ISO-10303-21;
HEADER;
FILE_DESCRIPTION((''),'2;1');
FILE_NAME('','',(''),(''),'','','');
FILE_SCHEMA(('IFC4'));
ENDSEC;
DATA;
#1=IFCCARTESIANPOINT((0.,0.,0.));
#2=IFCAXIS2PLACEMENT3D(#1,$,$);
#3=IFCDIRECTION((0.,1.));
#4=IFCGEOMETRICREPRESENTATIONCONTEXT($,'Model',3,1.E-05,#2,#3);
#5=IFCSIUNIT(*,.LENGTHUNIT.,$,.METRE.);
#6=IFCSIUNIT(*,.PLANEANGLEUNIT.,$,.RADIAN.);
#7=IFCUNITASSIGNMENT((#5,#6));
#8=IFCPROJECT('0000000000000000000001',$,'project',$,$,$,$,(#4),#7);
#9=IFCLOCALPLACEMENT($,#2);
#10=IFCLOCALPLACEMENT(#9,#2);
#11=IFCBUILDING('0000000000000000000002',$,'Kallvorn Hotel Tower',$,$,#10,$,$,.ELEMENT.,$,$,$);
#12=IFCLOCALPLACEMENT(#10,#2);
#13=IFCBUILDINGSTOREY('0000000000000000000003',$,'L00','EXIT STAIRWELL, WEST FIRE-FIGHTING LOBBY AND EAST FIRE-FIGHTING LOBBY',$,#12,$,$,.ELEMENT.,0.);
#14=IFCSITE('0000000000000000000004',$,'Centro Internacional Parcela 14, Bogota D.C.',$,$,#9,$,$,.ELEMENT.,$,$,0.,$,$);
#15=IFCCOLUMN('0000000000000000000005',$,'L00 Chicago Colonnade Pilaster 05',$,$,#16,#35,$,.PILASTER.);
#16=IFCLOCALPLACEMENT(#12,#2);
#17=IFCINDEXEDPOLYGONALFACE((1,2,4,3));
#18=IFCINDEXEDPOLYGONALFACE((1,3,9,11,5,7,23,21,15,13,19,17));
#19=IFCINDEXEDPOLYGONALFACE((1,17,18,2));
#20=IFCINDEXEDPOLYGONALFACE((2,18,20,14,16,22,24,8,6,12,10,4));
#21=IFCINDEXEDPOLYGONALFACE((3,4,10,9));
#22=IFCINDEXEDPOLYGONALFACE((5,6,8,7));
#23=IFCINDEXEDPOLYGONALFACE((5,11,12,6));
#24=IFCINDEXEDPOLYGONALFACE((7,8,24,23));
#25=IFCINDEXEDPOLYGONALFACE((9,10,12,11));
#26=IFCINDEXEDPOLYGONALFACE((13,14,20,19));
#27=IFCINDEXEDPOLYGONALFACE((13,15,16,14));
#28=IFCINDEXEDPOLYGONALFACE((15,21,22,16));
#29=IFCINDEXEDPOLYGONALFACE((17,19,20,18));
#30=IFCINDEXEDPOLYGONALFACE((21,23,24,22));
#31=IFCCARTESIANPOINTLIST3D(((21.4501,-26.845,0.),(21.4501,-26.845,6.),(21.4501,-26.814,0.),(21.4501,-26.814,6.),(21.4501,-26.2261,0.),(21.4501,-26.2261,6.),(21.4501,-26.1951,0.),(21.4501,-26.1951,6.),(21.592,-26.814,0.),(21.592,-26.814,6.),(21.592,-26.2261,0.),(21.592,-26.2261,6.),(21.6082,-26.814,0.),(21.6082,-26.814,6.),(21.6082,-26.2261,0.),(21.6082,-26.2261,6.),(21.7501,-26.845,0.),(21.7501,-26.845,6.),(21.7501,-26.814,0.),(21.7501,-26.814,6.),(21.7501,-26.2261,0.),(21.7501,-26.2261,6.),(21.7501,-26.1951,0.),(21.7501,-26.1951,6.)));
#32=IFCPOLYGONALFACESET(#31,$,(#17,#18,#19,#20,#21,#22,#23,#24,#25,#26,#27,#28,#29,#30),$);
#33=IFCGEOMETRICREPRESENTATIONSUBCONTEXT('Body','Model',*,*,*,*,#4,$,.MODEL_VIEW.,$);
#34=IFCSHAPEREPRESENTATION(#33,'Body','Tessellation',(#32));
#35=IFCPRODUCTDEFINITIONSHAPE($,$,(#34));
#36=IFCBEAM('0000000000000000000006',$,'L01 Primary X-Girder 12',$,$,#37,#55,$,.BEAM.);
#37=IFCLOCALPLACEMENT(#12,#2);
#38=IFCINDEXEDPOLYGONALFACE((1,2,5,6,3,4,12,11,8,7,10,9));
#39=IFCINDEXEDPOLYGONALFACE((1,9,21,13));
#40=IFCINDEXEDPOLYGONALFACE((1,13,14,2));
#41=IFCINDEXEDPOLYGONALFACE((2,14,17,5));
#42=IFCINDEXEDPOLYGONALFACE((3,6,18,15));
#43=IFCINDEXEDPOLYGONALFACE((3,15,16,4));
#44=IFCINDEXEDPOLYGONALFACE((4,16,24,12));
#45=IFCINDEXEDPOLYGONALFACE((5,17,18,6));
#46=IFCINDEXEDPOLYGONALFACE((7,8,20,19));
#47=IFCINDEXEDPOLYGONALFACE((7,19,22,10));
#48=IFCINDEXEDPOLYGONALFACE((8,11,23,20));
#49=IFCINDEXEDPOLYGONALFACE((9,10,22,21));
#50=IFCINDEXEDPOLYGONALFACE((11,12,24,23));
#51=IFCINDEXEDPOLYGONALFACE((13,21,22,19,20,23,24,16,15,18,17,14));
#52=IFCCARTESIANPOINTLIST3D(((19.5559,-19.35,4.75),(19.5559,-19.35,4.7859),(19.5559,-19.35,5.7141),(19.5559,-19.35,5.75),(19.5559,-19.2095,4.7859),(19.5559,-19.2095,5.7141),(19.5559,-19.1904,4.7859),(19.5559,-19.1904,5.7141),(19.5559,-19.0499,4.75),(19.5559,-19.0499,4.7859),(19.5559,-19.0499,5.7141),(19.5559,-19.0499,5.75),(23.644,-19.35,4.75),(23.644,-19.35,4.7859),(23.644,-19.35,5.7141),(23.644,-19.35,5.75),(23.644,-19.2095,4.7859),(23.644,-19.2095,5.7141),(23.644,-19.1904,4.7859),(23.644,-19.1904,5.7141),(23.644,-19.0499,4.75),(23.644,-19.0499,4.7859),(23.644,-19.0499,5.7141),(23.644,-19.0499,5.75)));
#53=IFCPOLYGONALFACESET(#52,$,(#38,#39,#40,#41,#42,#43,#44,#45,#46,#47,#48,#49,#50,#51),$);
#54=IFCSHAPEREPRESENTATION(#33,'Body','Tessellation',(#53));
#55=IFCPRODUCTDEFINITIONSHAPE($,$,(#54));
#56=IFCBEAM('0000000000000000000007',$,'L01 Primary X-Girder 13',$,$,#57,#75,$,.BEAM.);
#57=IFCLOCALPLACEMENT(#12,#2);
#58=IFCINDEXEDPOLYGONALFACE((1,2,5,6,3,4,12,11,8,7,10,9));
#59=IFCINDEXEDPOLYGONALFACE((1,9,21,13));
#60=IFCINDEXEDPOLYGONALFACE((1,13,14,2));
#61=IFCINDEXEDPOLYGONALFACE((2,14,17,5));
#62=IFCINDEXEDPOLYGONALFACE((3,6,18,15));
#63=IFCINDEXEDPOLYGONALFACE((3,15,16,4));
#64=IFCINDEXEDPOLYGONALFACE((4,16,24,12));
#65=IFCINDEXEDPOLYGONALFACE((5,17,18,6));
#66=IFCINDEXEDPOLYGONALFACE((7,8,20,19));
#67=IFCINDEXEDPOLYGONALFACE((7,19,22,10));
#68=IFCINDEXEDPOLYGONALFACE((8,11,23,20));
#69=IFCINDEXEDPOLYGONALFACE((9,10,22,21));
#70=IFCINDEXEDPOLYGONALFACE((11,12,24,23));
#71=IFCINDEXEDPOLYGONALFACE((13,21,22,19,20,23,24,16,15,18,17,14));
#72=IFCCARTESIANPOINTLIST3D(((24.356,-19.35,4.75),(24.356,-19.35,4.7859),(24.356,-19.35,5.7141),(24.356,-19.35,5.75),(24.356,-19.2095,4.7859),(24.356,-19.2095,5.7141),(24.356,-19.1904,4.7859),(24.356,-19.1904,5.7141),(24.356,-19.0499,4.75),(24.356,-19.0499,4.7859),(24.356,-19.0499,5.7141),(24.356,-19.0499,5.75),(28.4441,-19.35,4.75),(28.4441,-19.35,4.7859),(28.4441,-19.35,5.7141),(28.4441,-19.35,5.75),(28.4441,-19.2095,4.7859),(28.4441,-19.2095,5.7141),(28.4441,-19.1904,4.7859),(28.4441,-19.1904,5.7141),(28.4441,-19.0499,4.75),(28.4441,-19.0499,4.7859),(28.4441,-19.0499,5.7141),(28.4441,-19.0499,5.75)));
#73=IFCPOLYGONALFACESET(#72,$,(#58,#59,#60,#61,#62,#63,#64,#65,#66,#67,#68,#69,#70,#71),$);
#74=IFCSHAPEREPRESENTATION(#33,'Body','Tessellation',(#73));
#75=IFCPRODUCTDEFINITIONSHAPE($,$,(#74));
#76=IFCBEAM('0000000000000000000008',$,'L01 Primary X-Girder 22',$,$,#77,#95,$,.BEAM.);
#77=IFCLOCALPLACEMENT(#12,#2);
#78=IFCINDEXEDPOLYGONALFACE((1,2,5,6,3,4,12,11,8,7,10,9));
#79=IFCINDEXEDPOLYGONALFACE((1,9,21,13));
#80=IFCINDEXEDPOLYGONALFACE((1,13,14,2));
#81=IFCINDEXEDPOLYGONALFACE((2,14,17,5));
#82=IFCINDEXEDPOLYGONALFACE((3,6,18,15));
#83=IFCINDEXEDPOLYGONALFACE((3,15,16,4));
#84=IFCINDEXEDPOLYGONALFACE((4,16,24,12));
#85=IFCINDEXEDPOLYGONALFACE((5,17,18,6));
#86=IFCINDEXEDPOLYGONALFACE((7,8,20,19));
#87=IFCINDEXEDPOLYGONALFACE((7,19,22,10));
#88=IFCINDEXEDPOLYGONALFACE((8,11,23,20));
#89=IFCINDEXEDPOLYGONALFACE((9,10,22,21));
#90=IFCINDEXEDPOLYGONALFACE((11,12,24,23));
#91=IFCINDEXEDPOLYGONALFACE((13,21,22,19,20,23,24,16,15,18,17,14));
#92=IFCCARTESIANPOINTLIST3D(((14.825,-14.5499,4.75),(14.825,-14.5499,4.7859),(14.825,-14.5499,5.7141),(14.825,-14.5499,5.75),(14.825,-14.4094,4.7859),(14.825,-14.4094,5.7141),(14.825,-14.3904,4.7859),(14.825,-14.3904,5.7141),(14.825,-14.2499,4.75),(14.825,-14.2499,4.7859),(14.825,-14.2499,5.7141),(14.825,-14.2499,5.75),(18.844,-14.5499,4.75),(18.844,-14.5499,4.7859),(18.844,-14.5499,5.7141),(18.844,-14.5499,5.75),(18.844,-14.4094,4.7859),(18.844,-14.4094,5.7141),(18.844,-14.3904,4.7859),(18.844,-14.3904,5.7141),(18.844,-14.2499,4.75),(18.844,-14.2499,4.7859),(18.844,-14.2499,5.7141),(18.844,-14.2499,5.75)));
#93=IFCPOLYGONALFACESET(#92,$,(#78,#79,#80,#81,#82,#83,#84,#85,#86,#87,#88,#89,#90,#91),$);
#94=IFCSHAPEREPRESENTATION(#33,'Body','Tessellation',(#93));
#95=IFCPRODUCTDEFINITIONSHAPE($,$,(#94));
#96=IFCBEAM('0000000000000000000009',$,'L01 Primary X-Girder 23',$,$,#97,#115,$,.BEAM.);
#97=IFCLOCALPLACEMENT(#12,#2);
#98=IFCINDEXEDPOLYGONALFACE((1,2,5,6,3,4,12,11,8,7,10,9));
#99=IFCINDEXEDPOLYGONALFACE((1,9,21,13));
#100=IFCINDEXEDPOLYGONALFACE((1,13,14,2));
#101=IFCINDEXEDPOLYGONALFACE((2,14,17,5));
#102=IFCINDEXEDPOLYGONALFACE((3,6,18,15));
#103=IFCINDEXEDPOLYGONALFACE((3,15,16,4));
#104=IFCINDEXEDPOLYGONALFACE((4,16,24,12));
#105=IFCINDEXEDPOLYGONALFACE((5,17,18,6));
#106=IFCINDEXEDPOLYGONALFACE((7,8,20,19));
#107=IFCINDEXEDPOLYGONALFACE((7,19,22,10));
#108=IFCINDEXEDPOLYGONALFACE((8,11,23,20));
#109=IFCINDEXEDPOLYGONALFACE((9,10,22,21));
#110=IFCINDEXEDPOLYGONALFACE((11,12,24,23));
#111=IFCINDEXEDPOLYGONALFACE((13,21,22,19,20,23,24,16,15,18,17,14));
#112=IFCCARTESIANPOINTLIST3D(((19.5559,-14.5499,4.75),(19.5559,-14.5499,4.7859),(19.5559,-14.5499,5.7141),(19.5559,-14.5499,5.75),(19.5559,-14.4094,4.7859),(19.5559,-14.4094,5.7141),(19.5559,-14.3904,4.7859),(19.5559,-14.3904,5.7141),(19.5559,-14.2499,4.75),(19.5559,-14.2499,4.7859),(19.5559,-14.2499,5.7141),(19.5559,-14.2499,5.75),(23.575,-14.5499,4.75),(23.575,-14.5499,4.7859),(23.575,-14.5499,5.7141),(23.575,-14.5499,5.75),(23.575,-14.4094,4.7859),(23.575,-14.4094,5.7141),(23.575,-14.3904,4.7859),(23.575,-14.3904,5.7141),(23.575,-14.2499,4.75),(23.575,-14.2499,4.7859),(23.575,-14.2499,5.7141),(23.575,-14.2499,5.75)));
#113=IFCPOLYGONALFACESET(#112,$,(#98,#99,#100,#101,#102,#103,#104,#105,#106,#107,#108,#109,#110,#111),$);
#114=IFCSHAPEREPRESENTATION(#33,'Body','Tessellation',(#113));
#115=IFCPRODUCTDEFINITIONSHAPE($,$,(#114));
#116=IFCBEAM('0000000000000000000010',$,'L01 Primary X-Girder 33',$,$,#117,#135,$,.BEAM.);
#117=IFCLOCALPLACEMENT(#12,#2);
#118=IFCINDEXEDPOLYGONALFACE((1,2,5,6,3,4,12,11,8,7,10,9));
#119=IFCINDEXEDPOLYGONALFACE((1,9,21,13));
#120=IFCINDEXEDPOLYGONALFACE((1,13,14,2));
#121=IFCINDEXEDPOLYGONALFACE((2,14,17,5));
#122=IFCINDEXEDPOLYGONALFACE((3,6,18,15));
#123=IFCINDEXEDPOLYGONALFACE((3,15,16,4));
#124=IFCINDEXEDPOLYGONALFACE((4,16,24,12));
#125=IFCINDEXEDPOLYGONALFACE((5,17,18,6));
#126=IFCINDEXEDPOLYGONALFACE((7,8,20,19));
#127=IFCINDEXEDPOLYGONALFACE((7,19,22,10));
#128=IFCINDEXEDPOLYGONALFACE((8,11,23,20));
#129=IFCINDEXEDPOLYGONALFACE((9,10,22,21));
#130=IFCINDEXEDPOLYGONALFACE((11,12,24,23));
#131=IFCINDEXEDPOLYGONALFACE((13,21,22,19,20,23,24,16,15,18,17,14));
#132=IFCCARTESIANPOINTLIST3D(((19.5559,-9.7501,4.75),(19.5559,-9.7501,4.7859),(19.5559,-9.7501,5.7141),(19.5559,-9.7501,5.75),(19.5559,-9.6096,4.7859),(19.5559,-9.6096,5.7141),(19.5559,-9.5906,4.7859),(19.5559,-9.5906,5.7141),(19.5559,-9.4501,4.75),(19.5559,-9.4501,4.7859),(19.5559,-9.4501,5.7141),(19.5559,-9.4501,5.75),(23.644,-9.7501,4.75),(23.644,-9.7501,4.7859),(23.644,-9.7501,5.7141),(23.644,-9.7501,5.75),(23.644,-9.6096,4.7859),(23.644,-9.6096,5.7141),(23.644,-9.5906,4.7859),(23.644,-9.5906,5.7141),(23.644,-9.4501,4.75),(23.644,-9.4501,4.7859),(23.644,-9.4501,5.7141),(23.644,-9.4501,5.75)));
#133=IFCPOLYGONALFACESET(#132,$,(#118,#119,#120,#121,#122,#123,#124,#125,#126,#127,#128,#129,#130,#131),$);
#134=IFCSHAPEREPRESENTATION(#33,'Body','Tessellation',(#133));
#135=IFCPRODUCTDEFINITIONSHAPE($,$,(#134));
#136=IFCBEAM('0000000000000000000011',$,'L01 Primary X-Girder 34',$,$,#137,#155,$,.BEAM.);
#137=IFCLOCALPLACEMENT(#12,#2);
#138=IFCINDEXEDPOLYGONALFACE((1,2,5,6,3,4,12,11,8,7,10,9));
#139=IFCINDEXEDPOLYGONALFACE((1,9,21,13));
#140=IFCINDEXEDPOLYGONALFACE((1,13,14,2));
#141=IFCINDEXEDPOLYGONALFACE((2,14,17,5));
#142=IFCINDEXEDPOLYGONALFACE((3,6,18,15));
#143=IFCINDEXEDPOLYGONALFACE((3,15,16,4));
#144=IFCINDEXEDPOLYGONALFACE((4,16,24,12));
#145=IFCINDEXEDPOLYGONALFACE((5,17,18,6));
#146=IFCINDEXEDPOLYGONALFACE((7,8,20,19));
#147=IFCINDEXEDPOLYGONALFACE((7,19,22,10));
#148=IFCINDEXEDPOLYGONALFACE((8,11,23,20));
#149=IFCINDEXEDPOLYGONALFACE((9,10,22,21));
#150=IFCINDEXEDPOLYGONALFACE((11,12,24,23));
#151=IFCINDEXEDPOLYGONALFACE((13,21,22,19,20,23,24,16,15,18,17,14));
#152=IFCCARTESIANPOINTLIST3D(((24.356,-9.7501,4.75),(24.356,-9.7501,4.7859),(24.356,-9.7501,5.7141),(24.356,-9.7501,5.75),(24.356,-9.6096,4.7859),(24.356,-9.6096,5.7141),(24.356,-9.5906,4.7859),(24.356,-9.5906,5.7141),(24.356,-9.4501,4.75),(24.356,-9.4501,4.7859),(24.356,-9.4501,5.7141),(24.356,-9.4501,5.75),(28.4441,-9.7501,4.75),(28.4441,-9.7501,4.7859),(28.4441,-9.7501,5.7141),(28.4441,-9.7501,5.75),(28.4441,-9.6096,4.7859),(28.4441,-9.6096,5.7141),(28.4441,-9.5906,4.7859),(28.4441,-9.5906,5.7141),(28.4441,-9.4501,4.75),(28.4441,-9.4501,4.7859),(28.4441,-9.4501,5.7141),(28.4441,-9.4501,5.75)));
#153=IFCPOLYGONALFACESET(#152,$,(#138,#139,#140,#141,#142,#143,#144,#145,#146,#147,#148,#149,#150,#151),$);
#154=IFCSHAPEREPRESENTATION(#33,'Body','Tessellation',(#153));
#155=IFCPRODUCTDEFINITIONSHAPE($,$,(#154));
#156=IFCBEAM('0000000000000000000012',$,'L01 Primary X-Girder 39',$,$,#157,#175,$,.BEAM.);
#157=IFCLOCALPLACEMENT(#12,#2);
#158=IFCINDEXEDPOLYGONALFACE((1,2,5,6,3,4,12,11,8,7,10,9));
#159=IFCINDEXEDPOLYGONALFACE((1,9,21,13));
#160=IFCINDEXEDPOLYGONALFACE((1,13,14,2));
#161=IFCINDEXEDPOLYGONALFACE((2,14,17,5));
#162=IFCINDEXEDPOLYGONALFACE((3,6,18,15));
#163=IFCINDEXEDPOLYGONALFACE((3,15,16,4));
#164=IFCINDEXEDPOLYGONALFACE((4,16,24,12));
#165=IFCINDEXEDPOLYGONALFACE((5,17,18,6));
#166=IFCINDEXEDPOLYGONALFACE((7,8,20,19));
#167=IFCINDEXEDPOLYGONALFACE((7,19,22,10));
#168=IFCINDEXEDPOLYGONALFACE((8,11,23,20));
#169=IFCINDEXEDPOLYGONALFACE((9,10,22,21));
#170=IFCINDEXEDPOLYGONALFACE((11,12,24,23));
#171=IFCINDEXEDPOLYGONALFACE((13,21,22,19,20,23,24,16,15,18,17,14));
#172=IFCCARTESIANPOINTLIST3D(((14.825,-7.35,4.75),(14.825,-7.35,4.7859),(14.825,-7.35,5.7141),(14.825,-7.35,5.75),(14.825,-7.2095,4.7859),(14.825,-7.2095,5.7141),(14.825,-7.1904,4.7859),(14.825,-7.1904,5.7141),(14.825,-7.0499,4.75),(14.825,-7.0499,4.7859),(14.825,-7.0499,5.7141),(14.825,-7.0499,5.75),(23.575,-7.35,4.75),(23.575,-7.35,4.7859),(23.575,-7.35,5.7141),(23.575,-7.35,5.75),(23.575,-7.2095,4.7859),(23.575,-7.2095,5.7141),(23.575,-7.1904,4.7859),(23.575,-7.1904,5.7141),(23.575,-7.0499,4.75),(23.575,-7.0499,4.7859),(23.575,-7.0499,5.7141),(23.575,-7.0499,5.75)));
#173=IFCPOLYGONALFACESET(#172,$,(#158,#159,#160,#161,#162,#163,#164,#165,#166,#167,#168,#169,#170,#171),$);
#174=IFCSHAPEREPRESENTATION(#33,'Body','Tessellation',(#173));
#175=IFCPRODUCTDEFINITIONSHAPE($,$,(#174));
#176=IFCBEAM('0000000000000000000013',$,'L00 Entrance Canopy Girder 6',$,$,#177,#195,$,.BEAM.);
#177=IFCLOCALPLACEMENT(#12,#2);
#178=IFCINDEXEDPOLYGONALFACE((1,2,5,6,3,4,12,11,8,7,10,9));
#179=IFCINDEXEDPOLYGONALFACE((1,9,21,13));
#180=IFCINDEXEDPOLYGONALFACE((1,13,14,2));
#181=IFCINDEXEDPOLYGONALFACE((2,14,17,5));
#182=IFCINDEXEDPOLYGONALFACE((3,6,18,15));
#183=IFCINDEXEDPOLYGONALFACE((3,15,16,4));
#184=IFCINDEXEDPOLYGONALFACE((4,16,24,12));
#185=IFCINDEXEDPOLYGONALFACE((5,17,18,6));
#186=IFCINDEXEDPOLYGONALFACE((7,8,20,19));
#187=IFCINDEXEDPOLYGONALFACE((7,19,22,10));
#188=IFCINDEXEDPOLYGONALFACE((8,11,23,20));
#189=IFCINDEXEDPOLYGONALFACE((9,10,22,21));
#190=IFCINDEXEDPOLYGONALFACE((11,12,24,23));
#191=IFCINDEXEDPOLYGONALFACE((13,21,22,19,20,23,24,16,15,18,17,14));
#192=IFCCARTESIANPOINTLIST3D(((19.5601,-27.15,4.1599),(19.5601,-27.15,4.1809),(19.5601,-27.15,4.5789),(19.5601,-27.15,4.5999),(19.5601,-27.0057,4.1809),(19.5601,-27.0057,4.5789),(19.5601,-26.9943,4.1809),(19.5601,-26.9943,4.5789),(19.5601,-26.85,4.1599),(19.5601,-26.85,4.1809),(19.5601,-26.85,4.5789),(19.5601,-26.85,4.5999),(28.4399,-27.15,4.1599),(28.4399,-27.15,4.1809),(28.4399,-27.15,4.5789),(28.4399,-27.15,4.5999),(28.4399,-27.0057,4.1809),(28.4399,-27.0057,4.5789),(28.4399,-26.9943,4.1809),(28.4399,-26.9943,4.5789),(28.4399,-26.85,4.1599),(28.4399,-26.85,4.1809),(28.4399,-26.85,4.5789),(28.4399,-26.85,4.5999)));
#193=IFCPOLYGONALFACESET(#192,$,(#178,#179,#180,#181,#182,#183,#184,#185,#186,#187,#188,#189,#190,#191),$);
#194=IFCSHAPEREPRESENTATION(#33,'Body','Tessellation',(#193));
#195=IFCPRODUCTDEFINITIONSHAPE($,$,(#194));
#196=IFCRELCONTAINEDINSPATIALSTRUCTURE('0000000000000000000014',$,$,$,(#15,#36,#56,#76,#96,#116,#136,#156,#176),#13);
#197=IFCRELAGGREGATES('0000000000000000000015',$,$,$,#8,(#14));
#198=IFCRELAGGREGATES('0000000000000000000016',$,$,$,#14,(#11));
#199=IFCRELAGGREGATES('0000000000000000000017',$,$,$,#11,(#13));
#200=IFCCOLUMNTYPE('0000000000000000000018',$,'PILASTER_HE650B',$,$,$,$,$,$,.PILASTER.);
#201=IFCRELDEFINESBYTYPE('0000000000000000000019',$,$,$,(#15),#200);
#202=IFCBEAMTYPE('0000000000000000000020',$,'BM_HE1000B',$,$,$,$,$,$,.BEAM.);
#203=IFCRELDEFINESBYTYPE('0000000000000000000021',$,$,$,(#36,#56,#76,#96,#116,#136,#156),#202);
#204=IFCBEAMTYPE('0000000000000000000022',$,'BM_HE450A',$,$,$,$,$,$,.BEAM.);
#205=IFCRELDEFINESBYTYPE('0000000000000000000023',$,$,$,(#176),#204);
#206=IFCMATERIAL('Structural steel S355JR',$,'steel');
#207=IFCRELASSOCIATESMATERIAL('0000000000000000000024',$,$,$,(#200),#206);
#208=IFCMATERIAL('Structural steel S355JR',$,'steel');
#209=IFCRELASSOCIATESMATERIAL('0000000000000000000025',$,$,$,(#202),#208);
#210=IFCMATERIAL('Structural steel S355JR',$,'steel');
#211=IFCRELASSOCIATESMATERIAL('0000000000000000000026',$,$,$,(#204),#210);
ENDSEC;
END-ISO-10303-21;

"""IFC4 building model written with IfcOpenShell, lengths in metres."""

from ifc_helpers import new_model, si_unit, direction, frame, origin, origin_2d, place, context, subcontext, project, spatial, i_section, extrude, material, material_profile, profile_set, type_object, element, save


model = new_model("IFC4")

# Units and contexts
model_context = context("Model", 3, precision=1e-05, world=origin(), true_north=direction((0.0, 1.0)))
body_context = subcontext(model_context, "Body", "Model", "MODEL_VIEW")
ifc_project = project(units=[si_unit("LENGTHUNIT", "METRE"), si_unit("PLANEANGLEUNIT", "RADIAN")], contexts=[model_context])

# Site, building, storey
site_placement = place(None, origin())
site = spatial("IfcSite", under=ifc_project, at=site_placement, Name="Centro Internacional Parcela 14, Bogota D.C.", CompositionType="ELEMENT", RefElevation=0.0)
building_placement = place(site_placement, origin())
building = spatial("IfcBuilding", under=site, at=building_placement, Name="Kallvorn Hotel Tower", CompositionType="ELEMENT")
storey_placement = place(building_placement, origin())
storey = spatial("IfcBuildingStorey", under=building, at=storey_placement, Name="L00", Description="EXIT STAIRWELL, WEST FIRE-FIGHTING LOBBY AND EAST FIRE-FIGHTING LOBBY", CompositionType="ELEMENT", Elevation=0.0)

# Column
ifc_material_1 = material(Name="Structural steel S355JR", Category="steel")
ifc_material_profile_1 = material_profile(ifc_material_1, i_section(OverallWidth=0.3, OverallDepth=0.6499, WebThickness=0.0161, FlangeThickness=0.031, at=origin_2d()), Name="HE 650 B")
ifc_profile_set_1 = profile_set([ifc_material_profile_1], Name="Structural steel S355JR")
column_type_1 = type_object("IfcColumnType", Name="PILASTER_HE650B", PredefinedType="PILASTER", material=ifc_profile_set_1)
column_placement = place(storey_placement, frame((21.6001, -26.52, 0.0), z_axis=(0.0, 0.0, 1.0), x_axis=(1.0, 0.0, 0.0)))
element("IfcColumn", 1, at=column_placement, inside=storey, type_object=column_type_1, Name="L00 Chicago Colonnade Pilaster 05", PredefinedType="PILASTER", context=body_context, shape_type="SweptSolid", body=[
    extrude(i_section(OverallWidth=0.3, OverallDepth=0.6499, WebThickness=0.0161, FlangeThickness=0.031, at=origin_2d()), origin(), (0.0, 0.0, 1.0), 6.0),
])

# Beams
ifc_material_2 = material(Name="Structural steel S355JR", Category="steel")
ifc_material_profile_2 = material_profile(ifc_material_2, i_section(OverallWidth=0.3, OverallDepth=1.0, WebThickness=0.019, FlangeThickness=0.0359, at=origin_2d()), Name="HE 1000 B")
ifc_profile_set_2 = profile_set([ifc_material_profile_2], Name="Structural steel S355JR")
beam_type_1 = type_object("IfcBeamType", Name="BM_HE1000B", PredefinedType="BEAM", material=ifc_profile_set_2)
for number, where, z_axis, x_axis, name in (
    (2, (19.5559, -19.2, 5.25), (1.0, 0.0, 0.0), (0.0, 1.0, 0.0), "L01 Primary X-Girder 12"),
    (3, (24.356, -19.2, 5.25), (1.0, 0.0, 0.0), (0.0, 1.0, 0.0), "L01 Primary X-Girder 13"),
):
    element("IfcBeam", number, at=place(storey_placement, frame(where, z_axis=z_axis, x_axis=x_axis)), inside=storey, type_object=beam_type_1, Name=name, PredefinedType="BEAM", context=body_context, shape_type="SweptSolid", body=[
        extrude(i_section(OverallWidth=0.3, OverallDepth=1.0, WebThickness=0.019, FlangeThickness=0.0359, at=origin_2d()), origin(), (0.0, 0.0, 1.0), 4.0881),
    ])
for number, where, z_axis, x_axis, name in (
    (4, (14.825, -14.3999, 5.25), (1.0, 0.0, 0.0), (0.0, 1.0, 0.0), "L01 Primary X-Girder 22"),
    (5, (19.5559, -14.3999, 5.25), (1.0, 0.0, 0.0), (0.0, 1.0, 0.0), "L01 Primary X-Girder 23"),
):
    element("IfcBeam", number, at=place(storey_placement, frame(where, z_axis=z_axis, x_axis=x_axis)), inside=storey, type_object=beam_type_1, Name=name, PredefinedType="BEAM", context=body_context, shape_type="SweptSolid", body=[
        extrude(i_section(OverallWidth=0.3, OverallDepth=1.0, WebThickness=0.019, FlangeThickness=0.0359, at=origin_2d()), origin(), (0.0, 0.0, 1.0), 4.019),
    ])
for number, where, z_axis, x_axis, name in (
    (6, (19.5559, -9.6001, 5.25), (1.0, 0.0, 0.0), (0.0, 1.0, 0.0), "L01 Primary X-Girder 33"),
    (7, (24.356, -9.6001, 5.25), (1.0, 0.0, 0.0), (0.0, 1.0, 0.0), "L01 Primary X-Girder 34"),
):
    element("IfcBeam", number, at=place(storey_placement, frame(where, z_axis=z_axis, x_axis=x_axis)), inside=storey, type_object=beam_type_1, Name=name, PredefinedType="BEAM", context=body_context, shape_type="SweptSolid", body=[
        extrude(i_section(OverallWidth=0.3, OverallDepth=1.0, WebThickness=0.019, FlangeThickness=0.0359, at=origin_2d()), origin(), (0.0, 0.0, 1.0), 4.0881),
    ])
beam_1_placement = place(storey_placement, frame((14.825, -7.2, 5.25), z_axis=(1.0, 0.0, 0.0), x_axis=(0.0, 1.0, 0.0)))
element("IfcBeam", 8, at=beam_1_placement, inside=storey, type_object=beam_type_1, Name="L01 Primary X-Girder 39", PredefinedType="BEAM", context=body_context, shape_type="SweptSolid", body=[
    extrude(i_section(OverallWidth=0.3, OverallDepth=1.0, WebThickness=0.019, FlangeThickness=0.0359, at=origin_2d()), origin(), (0.0, 0.0, 1.0), 8.75),
])
ifc_material_3 = material(Name="Structural steel S355JR", Category="steel")
ifc_material_profile_3 = material_profile(ifc_material_3, i_section(OverallWidth=0.3, OverallDepth=0.4399, WebThickness=0.0115, FlangeThickness=0.021, at=origin_2d()), Name="HE 450 A")
ifc_profile_set_3 = profile_set([ifc_material_profile_3], Name="Structural steel S355JR")
beam_type_2 = type_object("IfcBeamType", Name="BM_HE450A", PredefinedType="BEAM", material=ifc_profile_set_3)
beam_2_placement = place(storey_placement, frame((19.5601, -27.0, 4.3799), z_axis=(1.0, 0.0, 0.0), x_axis=(0.0, 1.0, 0.0)))
element("IfcBeam", 9, at=beam_2_placement, inside=storey, type_object=beam_type_2, Name="L00 Entrance Canopy Girder 6", PredefinedType="BEAM", context=body_context, shape_type="SweptSolid", body=[
    extrude(i_section(OverallWidth=0.3, OverallDepth=0.4399, WebThickness=0.0115, FlangeThickness=0.021, at=origin_2d()), origin(), (0.0, 0.0, 1.0), 8.8799),
])

save(model, "model.ifc")
